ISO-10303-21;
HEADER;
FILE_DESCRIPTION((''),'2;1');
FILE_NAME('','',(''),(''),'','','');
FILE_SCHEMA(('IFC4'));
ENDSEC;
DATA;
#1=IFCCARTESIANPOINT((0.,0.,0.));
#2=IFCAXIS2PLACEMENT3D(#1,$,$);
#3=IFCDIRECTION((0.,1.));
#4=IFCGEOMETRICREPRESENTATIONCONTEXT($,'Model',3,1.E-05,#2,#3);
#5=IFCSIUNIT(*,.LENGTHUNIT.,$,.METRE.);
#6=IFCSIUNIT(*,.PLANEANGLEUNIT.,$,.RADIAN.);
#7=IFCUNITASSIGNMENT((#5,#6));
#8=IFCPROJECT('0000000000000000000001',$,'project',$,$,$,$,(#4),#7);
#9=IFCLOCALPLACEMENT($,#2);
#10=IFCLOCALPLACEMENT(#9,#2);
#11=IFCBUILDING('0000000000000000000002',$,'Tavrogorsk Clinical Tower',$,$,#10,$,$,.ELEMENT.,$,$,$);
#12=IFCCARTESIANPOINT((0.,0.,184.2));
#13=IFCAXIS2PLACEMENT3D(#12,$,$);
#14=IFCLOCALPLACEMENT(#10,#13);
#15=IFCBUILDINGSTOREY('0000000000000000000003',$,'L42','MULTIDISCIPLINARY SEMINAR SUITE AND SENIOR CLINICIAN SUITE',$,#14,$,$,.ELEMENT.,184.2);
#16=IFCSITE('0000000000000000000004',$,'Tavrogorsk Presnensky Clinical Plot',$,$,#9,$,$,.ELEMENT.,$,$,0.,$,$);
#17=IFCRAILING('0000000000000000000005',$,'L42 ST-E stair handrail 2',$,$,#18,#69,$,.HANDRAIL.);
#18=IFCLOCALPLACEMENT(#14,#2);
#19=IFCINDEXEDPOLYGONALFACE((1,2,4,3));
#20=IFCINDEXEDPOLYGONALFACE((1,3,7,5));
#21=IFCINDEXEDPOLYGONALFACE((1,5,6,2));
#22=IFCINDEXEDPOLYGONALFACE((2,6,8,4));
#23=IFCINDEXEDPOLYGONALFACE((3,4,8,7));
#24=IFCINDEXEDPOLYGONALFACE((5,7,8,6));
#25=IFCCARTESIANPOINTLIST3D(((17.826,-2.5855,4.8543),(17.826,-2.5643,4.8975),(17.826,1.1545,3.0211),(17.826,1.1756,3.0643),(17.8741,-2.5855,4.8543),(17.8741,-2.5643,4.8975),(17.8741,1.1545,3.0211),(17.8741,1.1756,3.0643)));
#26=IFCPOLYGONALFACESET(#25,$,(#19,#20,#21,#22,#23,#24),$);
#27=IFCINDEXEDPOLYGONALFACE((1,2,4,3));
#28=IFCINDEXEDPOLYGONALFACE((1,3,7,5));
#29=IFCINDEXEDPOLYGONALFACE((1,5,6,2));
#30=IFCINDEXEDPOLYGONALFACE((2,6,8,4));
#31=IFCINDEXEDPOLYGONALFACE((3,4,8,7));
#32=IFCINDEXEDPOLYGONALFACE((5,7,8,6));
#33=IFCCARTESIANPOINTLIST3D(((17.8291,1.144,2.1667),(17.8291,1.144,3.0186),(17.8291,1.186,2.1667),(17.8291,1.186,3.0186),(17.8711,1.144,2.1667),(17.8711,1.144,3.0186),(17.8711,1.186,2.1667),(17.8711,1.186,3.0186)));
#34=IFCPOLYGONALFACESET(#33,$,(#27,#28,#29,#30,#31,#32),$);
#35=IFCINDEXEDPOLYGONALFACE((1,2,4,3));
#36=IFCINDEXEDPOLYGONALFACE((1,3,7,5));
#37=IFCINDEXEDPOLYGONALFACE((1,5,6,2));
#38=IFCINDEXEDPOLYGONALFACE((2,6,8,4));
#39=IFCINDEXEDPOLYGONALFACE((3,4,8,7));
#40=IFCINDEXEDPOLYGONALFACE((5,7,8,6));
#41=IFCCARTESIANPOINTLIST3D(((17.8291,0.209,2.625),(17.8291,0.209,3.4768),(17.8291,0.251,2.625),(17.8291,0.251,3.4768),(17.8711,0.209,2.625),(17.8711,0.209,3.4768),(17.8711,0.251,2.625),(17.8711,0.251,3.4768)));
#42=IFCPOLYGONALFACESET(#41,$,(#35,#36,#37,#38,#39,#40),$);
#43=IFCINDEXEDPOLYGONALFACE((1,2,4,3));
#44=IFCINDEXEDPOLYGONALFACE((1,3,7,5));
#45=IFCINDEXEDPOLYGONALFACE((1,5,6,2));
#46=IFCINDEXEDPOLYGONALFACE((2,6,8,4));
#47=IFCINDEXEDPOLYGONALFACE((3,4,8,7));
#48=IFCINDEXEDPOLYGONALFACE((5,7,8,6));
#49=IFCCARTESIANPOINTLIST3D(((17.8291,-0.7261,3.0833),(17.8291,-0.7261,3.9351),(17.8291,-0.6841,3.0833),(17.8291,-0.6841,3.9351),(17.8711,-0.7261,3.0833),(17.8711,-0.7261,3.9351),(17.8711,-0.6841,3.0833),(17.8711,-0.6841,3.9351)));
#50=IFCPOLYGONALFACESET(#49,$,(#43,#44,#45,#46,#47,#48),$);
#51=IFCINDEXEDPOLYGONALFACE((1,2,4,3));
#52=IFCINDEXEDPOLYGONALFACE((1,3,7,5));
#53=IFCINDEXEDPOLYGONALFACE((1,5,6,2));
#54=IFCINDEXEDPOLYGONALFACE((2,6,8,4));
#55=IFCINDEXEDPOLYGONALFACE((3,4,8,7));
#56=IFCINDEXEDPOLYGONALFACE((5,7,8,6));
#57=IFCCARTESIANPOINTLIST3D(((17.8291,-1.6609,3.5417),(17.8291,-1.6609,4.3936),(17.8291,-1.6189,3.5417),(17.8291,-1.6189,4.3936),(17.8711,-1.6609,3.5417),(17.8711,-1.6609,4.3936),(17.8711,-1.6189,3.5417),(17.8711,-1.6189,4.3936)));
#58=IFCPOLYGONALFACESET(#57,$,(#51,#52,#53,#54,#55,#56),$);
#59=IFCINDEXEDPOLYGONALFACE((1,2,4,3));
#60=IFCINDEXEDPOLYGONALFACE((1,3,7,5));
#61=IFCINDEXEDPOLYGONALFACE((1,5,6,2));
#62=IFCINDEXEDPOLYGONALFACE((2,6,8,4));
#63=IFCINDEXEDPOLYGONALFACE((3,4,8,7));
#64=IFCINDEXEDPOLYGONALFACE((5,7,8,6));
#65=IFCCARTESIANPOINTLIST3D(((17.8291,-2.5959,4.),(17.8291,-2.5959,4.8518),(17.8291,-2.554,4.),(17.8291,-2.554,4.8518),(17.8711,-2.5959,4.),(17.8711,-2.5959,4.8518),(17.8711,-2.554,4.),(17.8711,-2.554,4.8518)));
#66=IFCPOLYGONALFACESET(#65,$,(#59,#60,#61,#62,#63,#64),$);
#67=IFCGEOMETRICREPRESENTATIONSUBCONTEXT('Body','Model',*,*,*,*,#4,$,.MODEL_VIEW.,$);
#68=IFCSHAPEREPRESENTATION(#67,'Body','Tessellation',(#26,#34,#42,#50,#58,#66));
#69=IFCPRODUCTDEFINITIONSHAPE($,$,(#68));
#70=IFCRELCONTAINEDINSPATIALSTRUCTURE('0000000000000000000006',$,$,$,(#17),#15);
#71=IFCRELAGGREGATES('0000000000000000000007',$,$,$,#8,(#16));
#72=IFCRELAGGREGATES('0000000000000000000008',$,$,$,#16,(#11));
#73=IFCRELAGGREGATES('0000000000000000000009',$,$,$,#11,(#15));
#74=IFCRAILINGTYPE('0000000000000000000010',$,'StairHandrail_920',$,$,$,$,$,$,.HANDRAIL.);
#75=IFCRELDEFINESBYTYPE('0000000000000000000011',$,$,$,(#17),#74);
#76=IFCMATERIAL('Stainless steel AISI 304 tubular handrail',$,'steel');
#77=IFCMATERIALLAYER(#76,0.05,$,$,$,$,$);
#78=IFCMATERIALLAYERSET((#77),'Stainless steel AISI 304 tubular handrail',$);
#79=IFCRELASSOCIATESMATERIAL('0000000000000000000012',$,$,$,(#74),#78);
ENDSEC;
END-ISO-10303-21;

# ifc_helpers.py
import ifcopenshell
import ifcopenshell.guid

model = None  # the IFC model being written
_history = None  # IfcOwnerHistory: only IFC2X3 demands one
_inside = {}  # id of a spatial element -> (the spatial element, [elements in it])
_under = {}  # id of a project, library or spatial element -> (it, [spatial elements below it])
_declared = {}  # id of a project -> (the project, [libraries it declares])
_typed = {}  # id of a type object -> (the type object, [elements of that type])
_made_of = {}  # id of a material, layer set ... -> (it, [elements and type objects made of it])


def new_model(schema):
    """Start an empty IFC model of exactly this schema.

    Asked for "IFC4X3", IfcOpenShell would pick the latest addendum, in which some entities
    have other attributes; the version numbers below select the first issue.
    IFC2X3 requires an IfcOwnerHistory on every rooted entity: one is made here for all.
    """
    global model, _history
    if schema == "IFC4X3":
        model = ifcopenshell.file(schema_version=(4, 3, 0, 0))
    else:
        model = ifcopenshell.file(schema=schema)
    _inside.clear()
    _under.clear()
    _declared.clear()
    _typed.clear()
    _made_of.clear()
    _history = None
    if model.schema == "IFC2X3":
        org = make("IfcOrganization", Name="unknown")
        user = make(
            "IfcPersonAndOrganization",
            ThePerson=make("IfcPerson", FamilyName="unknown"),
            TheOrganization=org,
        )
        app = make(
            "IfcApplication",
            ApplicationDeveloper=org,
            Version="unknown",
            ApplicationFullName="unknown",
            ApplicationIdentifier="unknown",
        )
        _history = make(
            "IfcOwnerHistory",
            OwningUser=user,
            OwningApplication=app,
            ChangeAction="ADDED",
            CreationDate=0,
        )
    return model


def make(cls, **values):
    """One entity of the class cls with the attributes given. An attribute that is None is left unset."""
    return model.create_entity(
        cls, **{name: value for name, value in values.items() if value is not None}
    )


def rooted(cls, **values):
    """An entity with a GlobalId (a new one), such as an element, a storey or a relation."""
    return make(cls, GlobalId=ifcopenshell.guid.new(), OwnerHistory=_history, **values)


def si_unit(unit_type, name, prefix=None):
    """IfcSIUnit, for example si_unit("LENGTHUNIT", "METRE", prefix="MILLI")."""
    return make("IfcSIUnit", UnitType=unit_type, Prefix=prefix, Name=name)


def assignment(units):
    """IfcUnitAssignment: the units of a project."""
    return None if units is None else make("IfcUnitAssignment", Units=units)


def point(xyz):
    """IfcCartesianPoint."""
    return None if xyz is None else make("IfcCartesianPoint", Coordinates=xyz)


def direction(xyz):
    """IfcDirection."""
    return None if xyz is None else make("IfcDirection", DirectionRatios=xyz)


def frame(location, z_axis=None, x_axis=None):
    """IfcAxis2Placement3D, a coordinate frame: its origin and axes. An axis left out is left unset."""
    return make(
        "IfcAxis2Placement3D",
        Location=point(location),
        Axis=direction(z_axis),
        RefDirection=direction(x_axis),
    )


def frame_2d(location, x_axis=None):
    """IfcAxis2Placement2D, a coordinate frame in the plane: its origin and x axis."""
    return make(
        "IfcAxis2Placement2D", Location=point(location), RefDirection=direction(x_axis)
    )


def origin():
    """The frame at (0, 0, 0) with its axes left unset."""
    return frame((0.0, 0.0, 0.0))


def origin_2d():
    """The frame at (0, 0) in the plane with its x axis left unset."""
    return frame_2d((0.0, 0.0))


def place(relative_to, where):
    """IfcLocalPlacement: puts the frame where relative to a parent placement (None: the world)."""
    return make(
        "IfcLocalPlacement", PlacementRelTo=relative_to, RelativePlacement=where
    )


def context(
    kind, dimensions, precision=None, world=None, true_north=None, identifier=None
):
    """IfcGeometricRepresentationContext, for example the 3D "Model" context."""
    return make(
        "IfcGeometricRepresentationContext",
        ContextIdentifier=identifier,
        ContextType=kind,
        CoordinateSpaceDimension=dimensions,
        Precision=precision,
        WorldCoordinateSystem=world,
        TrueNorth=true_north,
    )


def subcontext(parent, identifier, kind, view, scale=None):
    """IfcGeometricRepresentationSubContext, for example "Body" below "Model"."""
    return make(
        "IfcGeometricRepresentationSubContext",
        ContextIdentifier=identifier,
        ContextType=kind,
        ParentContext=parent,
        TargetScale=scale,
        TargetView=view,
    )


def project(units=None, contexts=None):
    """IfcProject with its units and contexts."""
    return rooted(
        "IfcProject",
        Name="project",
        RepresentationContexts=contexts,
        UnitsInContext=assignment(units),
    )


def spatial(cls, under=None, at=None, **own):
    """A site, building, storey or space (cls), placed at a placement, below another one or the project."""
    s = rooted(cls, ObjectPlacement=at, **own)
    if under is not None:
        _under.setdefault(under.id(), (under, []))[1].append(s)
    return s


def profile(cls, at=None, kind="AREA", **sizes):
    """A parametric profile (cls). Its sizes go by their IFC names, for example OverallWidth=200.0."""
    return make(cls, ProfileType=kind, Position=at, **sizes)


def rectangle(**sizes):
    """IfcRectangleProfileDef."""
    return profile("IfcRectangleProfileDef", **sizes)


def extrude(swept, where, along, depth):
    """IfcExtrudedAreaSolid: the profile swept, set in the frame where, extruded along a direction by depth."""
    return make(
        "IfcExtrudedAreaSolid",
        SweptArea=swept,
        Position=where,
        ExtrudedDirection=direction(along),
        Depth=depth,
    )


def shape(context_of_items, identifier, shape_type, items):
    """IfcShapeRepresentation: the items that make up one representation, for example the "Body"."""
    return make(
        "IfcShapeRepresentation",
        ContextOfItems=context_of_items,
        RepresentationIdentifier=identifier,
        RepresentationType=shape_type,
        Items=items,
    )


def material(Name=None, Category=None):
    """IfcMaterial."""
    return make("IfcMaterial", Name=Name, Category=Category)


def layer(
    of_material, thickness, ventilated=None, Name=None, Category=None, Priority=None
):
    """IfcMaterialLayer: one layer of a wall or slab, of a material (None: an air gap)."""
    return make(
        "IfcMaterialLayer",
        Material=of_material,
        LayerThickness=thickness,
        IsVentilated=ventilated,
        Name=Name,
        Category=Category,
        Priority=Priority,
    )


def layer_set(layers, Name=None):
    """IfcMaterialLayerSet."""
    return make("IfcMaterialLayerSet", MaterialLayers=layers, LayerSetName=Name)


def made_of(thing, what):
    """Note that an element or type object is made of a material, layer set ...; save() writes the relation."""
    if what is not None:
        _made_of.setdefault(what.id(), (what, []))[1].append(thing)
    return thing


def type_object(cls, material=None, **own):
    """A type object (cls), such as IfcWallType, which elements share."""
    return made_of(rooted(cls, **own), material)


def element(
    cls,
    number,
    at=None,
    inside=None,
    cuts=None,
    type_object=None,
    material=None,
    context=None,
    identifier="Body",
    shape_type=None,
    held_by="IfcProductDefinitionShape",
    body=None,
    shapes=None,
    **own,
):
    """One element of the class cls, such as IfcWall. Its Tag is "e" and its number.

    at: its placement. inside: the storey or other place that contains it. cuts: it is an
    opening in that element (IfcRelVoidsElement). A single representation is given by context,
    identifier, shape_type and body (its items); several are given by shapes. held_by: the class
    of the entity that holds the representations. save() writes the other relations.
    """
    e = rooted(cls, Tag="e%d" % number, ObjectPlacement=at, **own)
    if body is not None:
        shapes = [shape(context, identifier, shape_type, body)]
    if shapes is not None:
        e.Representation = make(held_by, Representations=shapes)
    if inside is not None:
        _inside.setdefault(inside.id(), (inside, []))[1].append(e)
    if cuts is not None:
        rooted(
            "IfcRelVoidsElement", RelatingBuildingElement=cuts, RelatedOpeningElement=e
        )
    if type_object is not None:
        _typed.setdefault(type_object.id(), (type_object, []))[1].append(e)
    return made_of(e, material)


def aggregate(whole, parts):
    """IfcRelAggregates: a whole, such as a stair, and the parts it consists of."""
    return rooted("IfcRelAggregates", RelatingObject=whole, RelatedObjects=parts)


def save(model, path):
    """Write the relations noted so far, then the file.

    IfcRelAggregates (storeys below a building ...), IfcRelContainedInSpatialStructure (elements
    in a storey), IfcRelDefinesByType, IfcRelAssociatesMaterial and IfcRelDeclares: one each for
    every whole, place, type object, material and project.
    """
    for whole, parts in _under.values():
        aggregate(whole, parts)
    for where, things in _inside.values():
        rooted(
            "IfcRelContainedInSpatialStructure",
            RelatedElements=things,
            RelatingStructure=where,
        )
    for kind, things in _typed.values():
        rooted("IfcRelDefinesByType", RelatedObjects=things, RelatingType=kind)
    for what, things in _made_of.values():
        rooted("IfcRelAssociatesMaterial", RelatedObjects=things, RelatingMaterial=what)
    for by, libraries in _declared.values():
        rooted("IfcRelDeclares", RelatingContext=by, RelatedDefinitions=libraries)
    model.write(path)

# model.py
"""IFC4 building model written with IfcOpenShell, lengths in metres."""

from ifc_helpers import new_model, si_unit, direction, frame, origin, origin_2d, place, context, subcontext, project, spatial, rectangle, extrude, material, layer, layer_set, type_object, element, save


model = new_model("IFC4")

# Units and contexts
model_context = context("Model", 3, precision=1e-05, world=origin(), true_north=direction((0.0, 1.0)))
body_context = subcontext(model_context, "Body", "Model", "MODEL_VIEW")
ifc_project = project(units=[si_unit("LENGTHUNIT", "METRE"), si_unit("PLANEANGLEUNIT", "RADIAN")], contexts=[model_context])

# Site, building, storey
site_placement = place(None, origin())
site = spatial("IfcSite", under=ifc_project, at=site_placement, Name="Tavrogorsk Presnensky Clinical Plot", CompositionType="ELEMENT", RefElevation=0.0)
building_placement = place(site_placement, origin())
building = spatial("IfcBuilding", under=site, at=building_placement, Name="Tavrogorsk Clinical Tower", CompositionType="ELEMENT")
storey_placement = place(building_placement, frame((0.0, 0.0, 184.2)))
storey = spatial("IfcBuildingStorey", under=building, at=storey_placement, Name="L42", Description="MULTIDISCIPLINARY SEMINAR SUITE AND SENIOR CLINICIAN SUITE", CompositionType="ELEMENT", Elevation=184.2)

# Railing
ifc_material_1 = material(Name="Stainless steel AISI 304 tubular handrail", Category="steel")
ifc_layer_1 = layer(ifc_material_1, 0.05)
ifc_layer_set_1 = layer_set([ifc_layer_1], Name="Stainless steel AISI 304 tubular handrail")
railing_type = type_object("IfcRailingType", Name="StairHandrail_920", PredefinedType="HANDRAIL", material=ifc_layer_set_1)
railing_placement = place(storey_placement, frame((17.8501, 1.165, 2.1667)))
element("IfcRailing", 1, at=railing_placement, inside=storey, type_object=railing_type, Name="L42 ST-E stair handrail 2", PredefinedType="HANDRAIL", context=body_context, shape_type="SweptSolid", body=[
    extrude(rectangle(XDim=0.0481, YDim=0.0481, at=origin_2d()), frame((0.0, 0.0, 0.876), z_axis=(0.0, -0.897928, 0.440142), x_axis=(1.0, 0.0, 0.0)), (0.0, 0.0, 1.0), 4.165),
    extrude(rectangle(XDim=0.042, YDim=0.042, at=origin_2d()), origin(), (0.0, 0.0, 1.0), 0.8518),
    extrude(rectangle(XDim=0.042, YDim=0.042, at=origin_2d()), frame((0.0, -0.9351, 0.4583)), (0.0, 0.0, 1.0), 0.8518),
    extrude(rectangle(XDim=0.042, YDim=0.042, at=origin_2d()), frame((0.0, -1.8701, 0.9165)), (0.0, 0.0, 1.0), 0.8518),
    extrude(rectangle(XDim=0.042, YDim=0.042, at=origin_2d()), frame((0.0, -2.8049, 1.375)), (0.0, 0.0, 1.0), 0.8518),
    extrude(rectangle(XDim=0.042, YDim=0.042, at=origin_2d()), frame((0.0, -3.74, 1.8333)), (0.0, 0.0, 1.0), 0.8518),
])

save(model, "model.ifc")
